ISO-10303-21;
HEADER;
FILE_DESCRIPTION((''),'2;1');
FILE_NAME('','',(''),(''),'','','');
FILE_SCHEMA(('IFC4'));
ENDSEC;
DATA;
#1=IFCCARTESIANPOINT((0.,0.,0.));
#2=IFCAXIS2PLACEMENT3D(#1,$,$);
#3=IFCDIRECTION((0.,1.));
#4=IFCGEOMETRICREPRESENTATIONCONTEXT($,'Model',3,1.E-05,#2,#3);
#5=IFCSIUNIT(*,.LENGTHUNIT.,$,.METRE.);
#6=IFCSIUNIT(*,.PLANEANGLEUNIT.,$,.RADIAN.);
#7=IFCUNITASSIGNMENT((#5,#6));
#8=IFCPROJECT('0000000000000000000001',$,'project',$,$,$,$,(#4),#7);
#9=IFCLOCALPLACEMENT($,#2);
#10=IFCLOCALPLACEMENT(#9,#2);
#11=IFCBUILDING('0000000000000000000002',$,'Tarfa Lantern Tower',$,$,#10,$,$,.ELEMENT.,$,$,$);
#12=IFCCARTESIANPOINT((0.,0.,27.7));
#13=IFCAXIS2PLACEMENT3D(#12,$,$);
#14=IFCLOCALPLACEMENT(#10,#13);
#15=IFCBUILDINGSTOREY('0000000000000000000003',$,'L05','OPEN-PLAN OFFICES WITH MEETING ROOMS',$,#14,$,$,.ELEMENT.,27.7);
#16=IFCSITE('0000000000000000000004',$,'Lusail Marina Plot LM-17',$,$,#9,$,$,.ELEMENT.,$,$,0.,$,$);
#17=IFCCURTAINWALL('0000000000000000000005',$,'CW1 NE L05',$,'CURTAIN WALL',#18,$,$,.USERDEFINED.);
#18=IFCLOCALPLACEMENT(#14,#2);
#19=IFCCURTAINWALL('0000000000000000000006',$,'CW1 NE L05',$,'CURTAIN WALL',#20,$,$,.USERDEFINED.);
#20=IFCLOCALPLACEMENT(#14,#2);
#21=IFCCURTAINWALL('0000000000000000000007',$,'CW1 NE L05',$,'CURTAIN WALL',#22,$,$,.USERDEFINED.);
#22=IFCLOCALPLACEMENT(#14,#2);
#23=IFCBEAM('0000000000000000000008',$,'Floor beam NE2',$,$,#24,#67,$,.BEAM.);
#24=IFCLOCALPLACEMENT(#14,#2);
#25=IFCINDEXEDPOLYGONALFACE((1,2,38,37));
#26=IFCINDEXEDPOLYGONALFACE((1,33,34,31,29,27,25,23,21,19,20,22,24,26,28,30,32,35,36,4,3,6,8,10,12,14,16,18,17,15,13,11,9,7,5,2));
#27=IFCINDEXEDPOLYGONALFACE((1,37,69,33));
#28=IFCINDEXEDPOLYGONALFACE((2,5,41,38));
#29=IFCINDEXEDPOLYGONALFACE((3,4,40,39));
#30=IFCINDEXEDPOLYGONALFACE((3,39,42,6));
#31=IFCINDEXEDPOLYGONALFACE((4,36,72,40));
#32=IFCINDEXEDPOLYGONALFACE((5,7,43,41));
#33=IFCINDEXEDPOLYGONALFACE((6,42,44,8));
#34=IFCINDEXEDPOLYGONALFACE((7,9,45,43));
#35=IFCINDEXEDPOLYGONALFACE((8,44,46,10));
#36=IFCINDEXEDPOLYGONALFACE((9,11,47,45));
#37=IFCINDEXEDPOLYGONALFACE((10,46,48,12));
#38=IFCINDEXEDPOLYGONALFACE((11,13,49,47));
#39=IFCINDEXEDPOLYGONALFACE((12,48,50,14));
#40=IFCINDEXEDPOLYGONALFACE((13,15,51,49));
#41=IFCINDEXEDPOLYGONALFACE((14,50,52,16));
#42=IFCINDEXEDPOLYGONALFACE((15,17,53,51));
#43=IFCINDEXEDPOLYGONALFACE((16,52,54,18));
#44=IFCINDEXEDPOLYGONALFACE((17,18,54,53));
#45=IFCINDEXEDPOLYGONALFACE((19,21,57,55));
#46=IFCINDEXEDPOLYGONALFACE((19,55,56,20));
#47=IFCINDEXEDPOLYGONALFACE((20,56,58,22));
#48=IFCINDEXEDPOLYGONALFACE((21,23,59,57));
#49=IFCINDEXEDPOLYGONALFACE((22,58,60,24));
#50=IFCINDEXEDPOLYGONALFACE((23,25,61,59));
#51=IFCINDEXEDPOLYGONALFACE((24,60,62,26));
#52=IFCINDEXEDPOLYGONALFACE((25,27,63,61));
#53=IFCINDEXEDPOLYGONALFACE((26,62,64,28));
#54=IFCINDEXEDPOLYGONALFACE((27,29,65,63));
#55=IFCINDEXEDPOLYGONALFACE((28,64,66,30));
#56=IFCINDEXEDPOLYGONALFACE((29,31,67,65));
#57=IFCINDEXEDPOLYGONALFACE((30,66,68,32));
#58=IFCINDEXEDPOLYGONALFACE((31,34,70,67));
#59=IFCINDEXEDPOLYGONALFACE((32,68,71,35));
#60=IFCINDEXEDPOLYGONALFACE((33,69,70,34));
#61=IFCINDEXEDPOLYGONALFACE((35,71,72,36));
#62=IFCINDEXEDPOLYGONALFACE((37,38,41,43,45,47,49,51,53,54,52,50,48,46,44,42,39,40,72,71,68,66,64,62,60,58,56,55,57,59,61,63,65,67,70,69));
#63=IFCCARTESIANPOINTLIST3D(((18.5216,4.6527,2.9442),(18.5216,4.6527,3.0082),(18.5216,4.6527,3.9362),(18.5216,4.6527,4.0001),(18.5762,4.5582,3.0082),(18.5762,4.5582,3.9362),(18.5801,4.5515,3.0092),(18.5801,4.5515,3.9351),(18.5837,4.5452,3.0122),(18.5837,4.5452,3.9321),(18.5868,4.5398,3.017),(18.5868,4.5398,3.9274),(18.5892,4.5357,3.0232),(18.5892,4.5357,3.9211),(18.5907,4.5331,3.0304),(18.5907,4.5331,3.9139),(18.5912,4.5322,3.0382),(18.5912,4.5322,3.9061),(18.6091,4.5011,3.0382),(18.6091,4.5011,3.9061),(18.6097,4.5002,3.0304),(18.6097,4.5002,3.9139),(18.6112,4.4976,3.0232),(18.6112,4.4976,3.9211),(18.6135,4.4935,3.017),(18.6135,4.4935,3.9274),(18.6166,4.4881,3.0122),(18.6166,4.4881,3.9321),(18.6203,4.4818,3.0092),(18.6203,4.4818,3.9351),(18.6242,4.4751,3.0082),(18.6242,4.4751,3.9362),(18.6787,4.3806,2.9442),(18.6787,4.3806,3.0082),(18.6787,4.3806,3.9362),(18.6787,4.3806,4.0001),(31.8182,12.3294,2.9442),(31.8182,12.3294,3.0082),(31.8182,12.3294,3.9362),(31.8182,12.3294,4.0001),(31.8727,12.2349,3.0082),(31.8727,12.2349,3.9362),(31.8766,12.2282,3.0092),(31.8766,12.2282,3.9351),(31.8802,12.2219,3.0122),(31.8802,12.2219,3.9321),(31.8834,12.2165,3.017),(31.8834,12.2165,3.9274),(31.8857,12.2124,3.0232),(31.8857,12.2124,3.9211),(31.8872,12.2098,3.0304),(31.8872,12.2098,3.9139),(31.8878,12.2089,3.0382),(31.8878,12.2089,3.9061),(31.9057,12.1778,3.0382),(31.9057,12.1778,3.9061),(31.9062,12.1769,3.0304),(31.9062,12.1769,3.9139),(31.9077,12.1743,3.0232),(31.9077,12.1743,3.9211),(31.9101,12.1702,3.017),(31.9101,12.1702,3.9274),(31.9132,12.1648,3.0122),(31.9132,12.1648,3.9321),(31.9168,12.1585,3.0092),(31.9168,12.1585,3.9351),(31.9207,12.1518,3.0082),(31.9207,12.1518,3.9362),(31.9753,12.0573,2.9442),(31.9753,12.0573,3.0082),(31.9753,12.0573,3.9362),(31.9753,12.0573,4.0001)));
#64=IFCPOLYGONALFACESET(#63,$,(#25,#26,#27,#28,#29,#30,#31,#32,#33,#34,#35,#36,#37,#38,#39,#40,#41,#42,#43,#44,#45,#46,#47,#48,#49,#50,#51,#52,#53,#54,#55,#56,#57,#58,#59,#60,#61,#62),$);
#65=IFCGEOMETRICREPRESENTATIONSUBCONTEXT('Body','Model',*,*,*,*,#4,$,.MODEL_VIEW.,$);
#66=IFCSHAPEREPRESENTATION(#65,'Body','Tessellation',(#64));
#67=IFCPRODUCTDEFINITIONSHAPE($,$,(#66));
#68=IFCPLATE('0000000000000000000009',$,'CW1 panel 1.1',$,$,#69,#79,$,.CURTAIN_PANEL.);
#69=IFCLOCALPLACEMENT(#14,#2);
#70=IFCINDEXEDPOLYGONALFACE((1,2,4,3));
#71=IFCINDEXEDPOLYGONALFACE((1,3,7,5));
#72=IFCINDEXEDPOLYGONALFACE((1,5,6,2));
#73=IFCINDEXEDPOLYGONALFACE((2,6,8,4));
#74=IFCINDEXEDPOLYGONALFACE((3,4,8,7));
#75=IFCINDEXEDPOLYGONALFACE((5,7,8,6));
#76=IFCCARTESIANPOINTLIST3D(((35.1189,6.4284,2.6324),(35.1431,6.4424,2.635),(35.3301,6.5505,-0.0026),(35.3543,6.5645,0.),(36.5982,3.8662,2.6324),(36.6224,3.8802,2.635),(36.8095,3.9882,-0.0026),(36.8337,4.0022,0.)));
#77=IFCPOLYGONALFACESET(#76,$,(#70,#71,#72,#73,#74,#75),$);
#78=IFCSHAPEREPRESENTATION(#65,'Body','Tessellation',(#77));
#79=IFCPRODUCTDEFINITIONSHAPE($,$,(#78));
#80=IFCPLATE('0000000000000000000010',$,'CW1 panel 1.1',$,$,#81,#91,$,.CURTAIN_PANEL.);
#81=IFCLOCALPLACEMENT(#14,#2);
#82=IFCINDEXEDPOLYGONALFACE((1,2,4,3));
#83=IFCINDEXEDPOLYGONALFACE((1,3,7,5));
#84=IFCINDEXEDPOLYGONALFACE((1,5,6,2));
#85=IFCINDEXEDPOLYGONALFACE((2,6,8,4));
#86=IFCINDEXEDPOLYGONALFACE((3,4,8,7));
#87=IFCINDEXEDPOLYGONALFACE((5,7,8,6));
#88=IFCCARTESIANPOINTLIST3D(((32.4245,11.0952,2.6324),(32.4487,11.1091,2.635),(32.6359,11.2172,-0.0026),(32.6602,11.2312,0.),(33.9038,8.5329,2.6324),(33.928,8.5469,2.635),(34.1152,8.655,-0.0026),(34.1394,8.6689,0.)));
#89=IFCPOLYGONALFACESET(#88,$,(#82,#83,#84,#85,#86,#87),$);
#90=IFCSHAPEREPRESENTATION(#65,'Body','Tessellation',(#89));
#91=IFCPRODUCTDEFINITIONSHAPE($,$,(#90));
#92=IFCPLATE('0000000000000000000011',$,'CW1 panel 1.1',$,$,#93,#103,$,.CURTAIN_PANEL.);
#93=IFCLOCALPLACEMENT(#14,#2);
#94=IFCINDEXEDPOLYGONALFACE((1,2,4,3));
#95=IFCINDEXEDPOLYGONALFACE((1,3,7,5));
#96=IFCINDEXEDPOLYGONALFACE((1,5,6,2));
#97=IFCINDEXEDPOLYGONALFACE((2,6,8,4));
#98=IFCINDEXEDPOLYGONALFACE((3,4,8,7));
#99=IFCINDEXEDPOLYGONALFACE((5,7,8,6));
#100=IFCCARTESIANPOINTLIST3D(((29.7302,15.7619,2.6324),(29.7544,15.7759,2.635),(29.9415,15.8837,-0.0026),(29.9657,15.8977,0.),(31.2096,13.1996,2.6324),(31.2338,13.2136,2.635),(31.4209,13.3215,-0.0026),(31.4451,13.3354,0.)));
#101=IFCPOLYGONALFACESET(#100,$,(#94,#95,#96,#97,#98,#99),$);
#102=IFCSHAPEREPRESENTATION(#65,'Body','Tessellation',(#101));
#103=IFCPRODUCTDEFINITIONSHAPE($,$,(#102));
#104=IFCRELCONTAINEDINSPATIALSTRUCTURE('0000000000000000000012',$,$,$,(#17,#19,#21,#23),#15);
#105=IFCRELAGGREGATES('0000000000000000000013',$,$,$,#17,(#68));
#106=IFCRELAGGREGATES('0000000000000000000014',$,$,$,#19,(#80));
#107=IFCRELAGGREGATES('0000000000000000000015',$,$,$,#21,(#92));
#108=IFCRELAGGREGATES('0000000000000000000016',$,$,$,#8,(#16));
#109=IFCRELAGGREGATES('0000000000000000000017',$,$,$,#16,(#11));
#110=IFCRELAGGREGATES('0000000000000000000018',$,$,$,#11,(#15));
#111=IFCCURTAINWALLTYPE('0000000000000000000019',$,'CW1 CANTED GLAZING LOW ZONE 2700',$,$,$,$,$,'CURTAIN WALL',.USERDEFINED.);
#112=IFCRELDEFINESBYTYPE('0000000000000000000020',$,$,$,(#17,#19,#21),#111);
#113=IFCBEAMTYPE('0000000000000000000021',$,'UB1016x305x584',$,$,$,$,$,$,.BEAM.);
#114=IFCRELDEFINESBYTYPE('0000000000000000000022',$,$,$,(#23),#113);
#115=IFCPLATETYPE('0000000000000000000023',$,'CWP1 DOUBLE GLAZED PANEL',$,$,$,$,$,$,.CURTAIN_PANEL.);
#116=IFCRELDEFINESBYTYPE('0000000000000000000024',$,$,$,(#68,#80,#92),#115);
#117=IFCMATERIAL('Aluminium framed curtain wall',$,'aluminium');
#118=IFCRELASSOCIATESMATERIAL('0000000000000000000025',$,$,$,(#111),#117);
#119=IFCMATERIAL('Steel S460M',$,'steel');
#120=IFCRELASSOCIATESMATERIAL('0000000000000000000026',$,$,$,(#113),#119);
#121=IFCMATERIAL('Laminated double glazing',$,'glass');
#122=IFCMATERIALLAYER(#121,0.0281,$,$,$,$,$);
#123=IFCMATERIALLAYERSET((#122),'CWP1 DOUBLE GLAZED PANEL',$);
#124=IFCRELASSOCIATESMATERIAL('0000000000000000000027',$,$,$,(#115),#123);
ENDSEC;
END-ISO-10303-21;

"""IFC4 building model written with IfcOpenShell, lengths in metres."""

from ifc_helpers import new_model, si_unit, direction, frame, origin, origin_2d, place, context, subcontext, project, spatial, polyline, i_section, outline, extrude, material, layer, layer_set, material_profile, profile_set, type_object, element, aggregate, save


model = new_model("IFC4")

# Units and contexts
model_context = context("Model", 3, precision=1e-05, world=origin(), true_north=direction((0.0, 1.0)))
body_context = subcontext(model_context, "Body", "Model", "MODEL_VIEW")
ifc_project = project(units=[si_unit("LENGTHUNIT", "METRE"), si_unit("PLANEANGLEUNIT", "RADIAN")], contexts=[model_context])

# Site, building, storey
site_placement = place(None, origin())
site = spatial("IfcSite", under=ifc_project, at=site_placement, Name="Lusail Marina Plot LM-17", CompositionType="ELEMENT", RefElevation=0.0)
building_placement = place(site_placement, origin())
building = spatial("IfcBuilding", under=site, at=building_placement, Name="Tarfa Lantern Tower", CompositionType="ELEMENT")
storey_placement = place(building_placement, frame((0.0, 0.0, 27.7)))
storey = spatial("IfcBuildingStorey", under=building, at=storey_placement, Name="L05", Description="OPEN-PLAN OFFICES WITH MEETING ROOMS", CompositionType="ELEMENT", Elevation=27.7)

# Curtain walls
ifc_material_1 = material(Name="Aluminium framed curtain wall", Category="aluminium")
curtain_wall_type = type_object("IfcCurtainWallType", Name="CW1 CANTED GLAZING LOW ZONE 2700", ElementType="CURTAIN WALL", PredefinedType="USERDEFINED", material=ifc_material_1)
curtain_wall_1_placement = place(storey_placement, origin())
curtain_wall_1 = element("IfcCurtainWall", 1, at=curtain_wall_1_placement, inside=storey, type_object=curtain_wall_type, Name="CW1 NE L05", ObjectType="CURTAIN WALL", PredefinedType="USERDEFINED")
curtain_wall_2_placement = place(storey_placement, origin())
curtain_wall_2 = element("IfcCurtainWall", 2, at=curtain_wall_2_placement, inside=storey, type_object=curtain_wall_type, Name="CW1 NE L05", ObjectType="CURTAIN WALL", PredefinedType="USERDEFINED")
curtain_wall_3_placement = place(storey_placement, origin())
curtain_wall_3 = element("IfcCurtainWall", 3, at=curtain_wall_3_placement, inside=storey, type_object=curtain_wall_type, Name="CW1 NE L05", ObjectType="CURTAIN WALL", PredefinedType="USERDEFINED")

# Beam
ifc_material_2 = material(Name="Steel S460M", Category="steel")
ifc_material_profile_1 = material_profile(ifc_material_2, i_section(OverallWidth=0.3142, OverallDepth=1.0559, WebThickness=0.0359, FlangeThickness=0.064, FilletRadius=0.03, at=origin_2d()), Name="UB1016x305x584")
ifc_profile_set_1 = profile_set([ifc_material_profile_1], Name="Steel S460M")
beam_type_1 = type_object("IfcBeamType", Name="UB1016x305x584", PredefinedType="BEAM", material=ifc_profile_set_1)
beam_1_placement = place(storey_placement, frame((31.8967, 12.1934, 3.4722), z_axis=(-0.866027, -0.499997, 0.0), x_axis=(0.499997, -0.866027, 0.0)))
element("IfcBeam", 4, at=beam_1_placement, inside=storey, type_object=beam_type_1, Name="Floor beam NE2", PredefinedType="BEAM", context=body_context, shape_type="SweptSolid", body=[
    extrude(i_section(OverallWidth=0.3142, OverallDepth=1.0559, WebThickness=0.0359, FlangeThickness=0.064, FilletRadius=0.03, at=origin_2d()), origin(), (0.0, 0.0, 1.0), 15.3535),
])

# Plates
ifc_material_3 = material(Name="Laminated double glazing", Category="glass")
ifc_layer = layer(ifc_material_3, 0.0281)
ifc_layer_set = layer_set([ifc_layer], Name="CWP1 DOUBLE GLAZED PANEL")
plate_type = type_object("IfcPlateType", Name="CWP1 DOUBLE GLAZED PANEL", PredefinedType="CURTAIN_PANEL", material=ifc_layer_set)
plate_1_placement = place(storey_placement, frame((36.8337, 4.0022, 0.0), z_axis=(0.862328, 0.497882, 0.092216), x_axis=(-0.500013, 0.866018, 0.000003)))
plate_1 = element("IfcPlate", 5, at=plate_1_placement, type_object=plate_type, Name="CW1 panel 1.1", PredefinedType="CURTAIN_PANEL", context=body_context, shape_type="SweptSolid", body=[
    extrude(outline(polyline([(0.0, 0.0), (2.9587, 0.0), (2.9586, 2.6463), (0.0, 2.6463), (0.0, 0.0)])), origin(), (0.0, 0.0, -1.0), 0.0281),
])
aggregate(curtain_wall_1, [plate_1])
plate_2_placement = place(storey_placement, frame((34.1394, 8.6689, 0.0), z_axis=(0.862342, 0.49785, 0.092255), x_axis=(-0.499982, 0.866036, 0.0)))
plate_2 = element("IfcPlate", 6, at=plate_2_placement, type_object=plate_type, Name="CW1 panel 1.1", PredefinedType="CURTAIN_PANEL", context=body_context, shape_type="SweptSolid", body=[
    extrude(outline(polyline([(0.0, 0.0), (2.9586, 0.0), (2.9586, 2.6463), (0.0, 2.6463), (0.0, 0.0)])), origin(), (0.0, 0.0, -1.0), 0.0281),
])
aggregate(curtain_wall_2, [plate_2])
plate_3_placement = place(storey_placement, frame((31.4451, 13.3354, 0.0), z_axis=(0.862332, 0.497885, 0.09217), x_axis=(-0.500013, 0.866018, -0.000003)))
plate_3 = element("IfcPlate", 7, at=plate_3_placement, type_object=plate_type, Name="CW1 panel 1.1", PredefinedType="CURTAIN_PANEL", context=body_context, shape_type="SweptSolid", body=[
    extrude(outline(polyline([(0.0, 0.0), (2.9586, 0.0), (2.9588, 2.6463), (0.0001, 2.6463), (0.0, 0.0)])), origin(), (0.0, 0.0, -1.0), 0.0281),
])
aggregate(curtain_wall_3, [plate_3])

save(model, "model.ifc")
